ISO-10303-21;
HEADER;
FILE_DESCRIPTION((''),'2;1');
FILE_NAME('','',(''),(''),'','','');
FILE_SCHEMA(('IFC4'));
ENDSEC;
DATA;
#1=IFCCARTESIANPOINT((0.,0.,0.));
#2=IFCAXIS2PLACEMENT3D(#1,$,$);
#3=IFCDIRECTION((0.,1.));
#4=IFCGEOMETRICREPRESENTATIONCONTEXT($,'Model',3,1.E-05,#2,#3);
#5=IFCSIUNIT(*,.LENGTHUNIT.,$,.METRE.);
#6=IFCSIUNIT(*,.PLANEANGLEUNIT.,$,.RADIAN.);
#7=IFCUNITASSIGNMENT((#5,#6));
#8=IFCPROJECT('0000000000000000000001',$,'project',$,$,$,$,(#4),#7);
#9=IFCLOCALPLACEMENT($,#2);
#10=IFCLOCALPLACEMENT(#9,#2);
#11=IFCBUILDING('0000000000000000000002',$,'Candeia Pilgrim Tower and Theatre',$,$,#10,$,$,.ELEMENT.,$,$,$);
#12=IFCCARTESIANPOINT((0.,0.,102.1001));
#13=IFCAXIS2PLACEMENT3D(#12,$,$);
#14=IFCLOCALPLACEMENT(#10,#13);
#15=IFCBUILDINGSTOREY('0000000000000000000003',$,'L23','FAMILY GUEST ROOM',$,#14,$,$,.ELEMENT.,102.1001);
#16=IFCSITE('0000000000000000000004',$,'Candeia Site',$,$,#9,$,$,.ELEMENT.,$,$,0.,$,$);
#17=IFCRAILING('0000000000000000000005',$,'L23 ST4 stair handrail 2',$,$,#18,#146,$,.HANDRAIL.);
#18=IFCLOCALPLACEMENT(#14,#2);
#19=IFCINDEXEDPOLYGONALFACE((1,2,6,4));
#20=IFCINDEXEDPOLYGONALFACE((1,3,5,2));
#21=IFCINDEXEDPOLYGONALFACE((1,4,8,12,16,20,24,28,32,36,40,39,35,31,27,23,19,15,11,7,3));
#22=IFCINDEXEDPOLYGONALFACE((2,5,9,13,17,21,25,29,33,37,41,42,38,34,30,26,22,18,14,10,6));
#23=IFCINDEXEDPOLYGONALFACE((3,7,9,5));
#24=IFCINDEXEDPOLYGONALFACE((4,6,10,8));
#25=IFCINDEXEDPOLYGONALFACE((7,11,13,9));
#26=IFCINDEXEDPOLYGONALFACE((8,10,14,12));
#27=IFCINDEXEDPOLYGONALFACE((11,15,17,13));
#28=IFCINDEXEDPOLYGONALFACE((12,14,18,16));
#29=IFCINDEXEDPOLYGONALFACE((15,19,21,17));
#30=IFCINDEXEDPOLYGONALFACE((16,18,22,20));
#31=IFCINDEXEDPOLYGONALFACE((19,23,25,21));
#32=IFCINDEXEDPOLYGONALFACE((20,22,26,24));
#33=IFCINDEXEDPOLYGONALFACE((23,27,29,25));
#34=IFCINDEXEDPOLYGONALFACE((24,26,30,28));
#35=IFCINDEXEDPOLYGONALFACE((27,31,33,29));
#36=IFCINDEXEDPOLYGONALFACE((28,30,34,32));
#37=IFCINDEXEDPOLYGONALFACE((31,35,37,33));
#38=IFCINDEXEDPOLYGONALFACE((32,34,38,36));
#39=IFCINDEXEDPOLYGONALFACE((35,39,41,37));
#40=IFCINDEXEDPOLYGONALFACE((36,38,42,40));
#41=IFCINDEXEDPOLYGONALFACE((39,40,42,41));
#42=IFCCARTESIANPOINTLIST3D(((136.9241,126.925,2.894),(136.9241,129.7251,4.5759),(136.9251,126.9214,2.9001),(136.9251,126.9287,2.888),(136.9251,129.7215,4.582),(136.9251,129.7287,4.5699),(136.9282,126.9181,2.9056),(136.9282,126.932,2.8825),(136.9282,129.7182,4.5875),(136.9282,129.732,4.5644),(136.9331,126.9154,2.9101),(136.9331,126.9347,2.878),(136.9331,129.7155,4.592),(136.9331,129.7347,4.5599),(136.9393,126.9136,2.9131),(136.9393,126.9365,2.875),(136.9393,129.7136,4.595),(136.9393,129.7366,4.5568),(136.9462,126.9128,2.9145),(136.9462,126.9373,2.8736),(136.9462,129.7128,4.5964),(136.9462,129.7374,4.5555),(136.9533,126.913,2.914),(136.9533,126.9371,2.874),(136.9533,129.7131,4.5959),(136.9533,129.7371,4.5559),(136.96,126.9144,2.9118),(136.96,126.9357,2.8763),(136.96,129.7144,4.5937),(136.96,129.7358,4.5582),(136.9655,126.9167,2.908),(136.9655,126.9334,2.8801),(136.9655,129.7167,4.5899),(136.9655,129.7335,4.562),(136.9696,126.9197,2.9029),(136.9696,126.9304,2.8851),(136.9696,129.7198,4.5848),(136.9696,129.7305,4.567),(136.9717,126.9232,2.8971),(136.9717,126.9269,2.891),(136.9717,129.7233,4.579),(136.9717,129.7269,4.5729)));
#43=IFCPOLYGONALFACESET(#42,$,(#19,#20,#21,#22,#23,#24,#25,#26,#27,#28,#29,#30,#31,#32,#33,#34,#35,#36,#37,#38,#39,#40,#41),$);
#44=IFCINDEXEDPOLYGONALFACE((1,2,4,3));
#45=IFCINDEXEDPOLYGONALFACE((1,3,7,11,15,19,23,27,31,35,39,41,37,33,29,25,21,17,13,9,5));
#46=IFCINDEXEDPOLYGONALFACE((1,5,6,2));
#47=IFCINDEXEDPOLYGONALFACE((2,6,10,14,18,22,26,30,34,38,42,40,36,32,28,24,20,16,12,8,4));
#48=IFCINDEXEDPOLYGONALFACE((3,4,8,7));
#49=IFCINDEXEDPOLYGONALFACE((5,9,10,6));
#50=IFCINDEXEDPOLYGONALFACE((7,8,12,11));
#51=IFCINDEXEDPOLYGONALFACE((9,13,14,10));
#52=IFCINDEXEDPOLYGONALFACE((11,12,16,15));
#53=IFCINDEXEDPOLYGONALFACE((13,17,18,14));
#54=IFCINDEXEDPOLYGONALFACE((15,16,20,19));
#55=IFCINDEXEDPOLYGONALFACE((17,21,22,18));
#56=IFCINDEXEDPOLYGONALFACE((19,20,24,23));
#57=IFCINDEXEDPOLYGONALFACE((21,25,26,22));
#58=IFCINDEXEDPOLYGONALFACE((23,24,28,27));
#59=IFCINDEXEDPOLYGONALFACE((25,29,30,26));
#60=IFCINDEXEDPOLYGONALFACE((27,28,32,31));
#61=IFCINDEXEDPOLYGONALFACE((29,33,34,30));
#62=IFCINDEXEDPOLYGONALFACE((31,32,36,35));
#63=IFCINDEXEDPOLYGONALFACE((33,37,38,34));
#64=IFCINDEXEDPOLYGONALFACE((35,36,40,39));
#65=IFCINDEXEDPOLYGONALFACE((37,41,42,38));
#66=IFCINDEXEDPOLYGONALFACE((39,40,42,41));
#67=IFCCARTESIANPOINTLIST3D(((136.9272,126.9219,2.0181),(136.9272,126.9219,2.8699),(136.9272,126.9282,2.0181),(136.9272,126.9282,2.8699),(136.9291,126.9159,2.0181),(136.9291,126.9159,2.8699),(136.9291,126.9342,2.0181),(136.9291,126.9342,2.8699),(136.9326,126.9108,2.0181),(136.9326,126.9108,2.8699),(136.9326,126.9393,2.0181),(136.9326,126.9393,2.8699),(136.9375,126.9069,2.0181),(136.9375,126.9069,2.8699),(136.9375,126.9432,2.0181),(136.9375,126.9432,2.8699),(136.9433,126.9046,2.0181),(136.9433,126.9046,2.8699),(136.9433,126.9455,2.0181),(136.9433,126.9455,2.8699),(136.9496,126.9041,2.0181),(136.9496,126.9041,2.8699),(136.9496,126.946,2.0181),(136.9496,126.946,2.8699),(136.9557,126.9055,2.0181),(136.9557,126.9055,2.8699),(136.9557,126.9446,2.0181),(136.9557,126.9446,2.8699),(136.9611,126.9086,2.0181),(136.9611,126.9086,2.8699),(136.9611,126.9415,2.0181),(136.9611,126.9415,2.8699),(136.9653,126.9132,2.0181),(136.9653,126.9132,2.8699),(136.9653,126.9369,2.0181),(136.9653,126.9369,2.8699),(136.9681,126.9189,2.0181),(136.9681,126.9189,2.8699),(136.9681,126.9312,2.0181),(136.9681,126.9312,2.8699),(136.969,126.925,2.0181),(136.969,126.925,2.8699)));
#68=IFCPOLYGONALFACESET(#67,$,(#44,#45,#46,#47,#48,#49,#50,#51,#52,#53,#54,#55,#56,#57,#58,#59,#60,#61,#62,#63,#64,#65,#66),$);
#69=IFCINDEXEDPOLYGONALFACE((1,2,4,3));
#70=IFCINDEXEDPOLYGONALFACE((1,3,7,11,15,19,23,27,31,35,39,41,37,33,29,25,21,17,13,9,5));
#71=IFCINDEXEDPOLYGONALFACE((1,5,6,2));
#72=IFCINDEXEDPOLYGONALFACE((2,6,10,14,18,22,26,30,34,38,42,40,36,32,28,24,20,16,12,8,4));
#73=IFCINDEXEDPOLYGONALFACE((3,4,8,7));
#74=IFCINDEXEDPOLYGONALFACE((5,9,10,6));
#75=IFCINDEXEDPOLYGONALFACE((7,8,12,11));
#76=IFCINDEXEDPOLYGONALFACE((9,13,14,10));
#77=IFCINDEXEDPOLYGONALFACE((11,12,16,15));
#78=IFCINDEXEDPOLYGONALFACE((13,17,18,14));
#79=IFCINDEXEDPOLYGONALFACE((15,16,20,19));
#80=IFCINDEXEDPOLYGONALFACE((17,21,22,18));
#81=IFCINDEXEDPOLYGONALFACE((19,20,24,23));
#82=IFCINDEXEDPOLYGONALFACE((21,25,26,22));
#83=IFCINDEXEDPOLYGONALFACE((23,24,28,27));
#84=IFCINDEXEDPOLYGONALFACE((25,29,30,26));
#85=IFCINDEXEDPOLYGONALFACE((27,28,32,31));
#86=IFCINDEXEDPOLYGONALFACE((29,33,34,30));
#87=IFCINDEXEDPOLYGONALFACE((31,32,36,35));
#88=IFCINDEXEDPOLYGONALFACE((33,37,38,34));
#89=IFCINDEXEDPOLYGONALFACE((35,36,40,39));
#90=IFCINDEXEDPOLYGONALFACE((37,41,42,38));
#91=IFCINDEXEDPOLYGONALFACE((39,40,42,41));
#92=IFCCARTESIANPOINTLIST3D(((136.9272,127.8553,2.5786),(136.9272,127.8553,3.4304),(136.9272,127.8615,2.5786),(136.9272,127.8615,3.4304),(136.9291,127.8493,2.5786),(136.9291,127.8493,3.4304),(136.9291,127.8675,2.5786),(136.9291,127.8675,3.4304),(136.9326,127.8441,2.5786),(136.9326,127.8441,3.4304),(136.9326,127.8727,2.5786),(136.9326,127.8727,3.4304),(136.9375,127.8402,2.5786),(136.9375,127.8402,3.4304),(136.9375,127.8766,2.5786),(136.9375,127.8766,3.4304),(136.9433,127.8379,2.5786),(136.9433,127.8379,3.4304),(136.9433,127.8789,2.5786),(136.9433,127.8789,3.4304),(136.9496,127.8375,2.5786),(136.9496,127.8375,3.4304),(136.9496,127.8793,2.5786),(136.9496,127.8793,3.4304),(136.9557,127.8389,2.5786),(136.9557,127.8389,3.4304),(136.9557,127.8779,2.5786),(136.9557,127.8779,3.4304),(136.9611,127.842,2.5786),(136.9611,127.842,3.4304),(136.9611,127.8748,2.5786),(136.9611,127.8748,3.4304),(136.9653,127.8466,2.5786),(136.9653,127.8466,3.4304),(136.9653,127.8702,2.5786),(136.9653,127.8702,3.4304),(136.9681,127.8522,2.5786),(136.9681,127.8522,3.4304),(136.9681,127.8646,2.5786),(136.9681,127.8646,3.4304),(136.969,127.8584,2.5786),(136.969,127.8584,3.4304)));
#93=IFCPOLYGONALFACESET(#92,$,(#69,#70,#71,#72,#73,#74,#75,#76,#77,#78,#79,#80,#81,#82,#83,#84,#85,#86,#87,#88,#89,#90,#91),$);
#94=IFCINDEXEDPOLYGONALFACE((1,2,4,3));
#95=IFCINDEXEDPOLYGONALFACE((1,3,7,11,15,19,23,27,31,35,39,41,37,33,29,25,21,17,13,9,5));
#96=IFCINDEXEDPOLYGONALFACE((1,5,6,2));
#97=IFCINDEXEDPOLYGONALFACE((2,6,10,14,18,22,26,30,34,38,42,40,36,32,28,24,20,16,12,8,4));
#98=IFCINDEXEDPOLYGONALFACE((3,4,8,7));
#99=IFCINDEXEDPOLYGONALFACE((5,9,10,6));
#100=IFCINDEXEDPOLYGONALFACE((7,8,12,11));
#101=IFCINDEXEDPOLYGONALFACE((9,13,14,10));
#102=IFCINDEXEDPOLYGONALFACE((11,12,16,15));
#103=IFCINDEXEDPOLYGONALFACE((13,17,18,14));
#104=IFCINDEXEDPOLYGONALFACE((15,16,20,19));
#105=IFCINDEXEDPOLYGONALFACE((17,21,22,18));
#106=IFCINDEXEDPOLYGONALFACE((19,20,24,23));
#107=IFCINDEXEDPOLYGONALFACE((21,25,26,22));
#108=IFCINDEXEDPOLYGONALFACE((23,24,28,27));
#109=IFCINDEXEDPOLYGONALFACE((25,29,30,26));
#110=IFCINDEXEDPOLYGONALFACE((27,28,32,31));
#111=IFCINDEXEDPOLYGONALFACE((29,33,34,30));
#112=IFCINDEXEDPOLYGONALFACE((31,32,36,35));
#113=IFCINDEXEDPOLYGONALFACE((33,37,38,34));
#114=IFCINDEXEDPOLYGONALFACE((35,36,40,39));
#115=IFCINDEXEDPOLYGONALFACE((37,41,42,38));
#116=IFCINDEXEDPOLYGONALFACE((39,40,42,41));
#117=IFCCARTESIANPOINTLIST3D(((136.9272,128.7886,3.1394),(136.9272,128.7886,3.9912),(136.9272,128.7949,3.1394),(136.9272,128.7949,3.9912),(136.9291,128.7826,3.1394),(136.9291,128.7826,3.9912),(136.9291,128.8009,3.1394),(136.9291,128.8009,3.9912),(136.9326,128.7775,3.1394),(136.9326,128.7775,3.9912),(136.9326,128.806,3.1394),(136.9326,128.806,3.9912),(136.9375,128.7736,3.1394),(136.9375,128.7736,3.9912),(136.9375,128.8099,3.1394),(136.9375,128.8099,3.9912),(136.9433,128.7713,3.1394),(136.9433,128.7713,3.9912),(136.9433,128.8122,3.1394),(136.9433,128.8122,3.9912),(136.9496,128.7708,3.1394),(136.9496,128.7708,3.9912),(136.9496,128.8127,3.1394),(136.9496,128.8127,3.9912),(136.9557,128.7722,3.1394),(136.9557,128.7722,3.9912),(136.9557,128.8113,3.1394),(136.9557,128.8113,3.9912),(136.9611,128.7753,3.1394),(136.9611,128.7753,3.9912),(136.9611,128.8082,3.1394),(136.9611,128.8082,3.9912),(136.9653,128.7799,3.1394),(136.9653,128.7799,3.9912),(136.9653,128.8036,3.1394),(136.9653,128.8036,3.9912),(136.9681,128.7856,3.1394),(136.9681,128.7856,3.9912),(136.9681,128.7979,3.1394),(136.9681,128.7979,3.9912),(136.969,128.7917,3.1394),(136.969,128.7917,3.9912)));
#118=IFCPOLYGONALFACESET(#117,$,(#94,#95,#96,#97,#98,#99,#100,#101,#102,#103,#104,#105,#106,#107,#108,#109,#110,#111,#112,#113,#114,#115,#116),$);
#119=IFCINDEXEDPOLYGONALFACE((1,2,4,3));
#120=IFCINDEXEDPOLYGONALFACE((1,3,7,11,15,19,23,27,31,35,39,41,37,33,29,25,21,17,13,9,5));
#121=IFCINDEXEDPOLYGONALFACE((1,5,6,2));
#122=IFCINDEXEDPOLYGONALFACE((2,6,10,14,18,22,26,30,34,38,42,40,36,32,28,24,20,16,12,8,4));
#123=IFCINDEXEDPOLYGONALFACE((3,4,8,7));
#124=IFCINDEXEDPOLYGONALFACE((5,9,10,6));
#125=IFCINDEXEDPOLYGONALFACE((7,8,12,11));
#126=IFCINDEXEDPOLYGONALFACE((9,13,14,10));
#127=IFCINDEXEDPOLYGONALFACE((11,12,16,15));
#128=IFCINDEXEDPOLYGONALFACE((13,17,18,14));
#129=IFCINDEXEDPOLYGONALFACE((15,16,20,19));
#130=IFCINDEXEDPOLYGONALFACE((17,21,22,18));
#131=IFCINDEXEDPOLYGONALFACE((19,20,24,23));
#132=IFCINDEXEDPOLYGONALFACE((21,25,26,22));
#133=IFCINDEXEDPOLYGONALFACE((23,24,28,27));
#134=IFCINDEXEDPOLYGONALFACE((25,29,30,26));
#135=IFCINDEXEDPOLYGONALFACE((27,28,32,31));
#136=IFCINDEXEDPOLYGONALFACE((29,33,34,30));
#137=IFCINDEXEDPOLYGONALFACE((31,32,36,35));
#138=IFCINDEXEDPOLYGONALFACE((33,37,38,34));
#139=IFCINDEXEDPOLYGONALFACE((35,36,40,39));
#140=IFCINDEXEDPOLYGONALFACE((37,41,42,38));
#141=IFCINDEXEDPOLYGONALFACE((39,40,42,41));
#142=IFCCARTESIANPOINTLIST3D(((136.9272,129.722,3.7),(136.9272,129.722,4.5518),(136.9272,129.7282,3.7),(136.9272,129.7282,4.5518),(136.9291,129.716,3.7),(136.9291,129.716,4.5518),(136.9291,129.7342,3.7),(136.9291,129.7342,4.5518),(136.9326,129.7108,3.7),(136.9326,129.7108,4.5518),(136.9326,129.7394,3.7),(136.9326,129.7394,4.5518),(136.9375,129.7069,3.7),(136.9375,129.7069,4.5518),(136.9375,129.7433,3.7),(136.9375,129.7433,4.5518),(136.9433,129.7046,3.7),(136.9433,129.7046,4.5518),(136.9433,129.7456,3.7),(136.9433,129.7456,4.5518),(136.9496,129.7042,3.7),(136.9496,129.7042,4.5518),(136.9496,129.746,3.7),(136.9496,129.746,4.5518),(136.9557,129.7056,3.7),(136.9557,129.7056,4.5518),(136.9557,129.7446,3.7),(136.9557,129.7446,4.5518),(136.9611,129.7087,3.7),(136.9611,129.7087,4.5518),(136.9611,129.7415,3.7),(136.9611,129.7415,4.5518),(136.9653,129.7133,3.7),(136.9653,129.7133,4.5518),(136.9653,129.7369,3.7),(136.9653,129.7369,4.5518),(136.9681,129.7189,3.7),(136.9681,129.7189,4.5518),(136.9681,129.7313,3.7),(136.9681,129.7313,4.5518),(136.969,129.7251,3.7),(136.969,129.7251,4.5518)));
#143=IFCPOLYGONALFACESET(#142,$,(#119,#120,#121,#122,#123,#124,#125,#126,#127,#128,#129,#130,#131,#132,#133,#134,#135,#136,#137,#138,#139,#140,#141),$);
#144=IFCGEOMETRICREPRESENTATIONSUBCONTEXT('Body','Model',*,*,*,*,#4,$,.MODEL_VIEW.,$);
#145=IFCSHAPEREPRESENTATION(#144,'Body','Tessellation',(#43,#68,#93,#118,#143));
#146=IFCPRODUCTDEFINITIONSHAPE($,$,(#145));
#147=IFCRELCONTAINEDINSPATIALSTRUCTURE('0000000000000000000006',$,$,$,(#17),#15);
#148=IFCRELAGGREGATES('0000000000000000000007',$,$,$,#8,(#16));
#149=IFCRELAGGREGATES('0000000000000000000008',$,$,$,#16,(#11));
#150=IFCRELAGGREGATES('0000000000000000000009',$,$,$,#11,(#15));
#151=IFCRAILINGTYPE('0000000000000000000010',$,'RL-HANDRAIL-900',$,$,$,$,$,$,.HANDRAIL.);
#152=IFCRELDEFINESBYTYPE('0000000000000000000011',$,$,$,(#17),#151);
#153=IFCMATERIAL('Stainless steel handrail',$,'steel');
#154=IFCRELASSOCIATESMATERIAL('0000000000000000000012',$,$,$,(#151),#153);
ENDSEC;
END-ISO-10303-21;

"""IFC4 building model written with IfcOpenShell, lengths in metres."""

from ifc_helpers import new_model, si_unit, direction, frame, origin, origin_2d, place, context, subcontext, project, spatial, circle, extrude, material, type_object, element, save


model = new_model("IFC4")

# Units and contexts
model_context = context("Model", 3, precision=1e-05, world=origin(), true_north=direction((0.0, 1.0)))
body_context = subcontext(model_context, "Body", "Model", "MODEL_VIEW")
ifc_project = project(units=[si_unit("LENGTHUNIT", "METRE"), si_unit("PLANEANGLEUNIT", "RADIAN")], contexts=[model_context])

# Site, building, storey
site_placement = place(None, origin())
site = spatial("IfcSite", under=ifc_project, at=site_placement, Name="Candeia Site", CompositionType="ELEMENT", RefElevation=0.0)
building_placement = place(site_placement, origin())
building = spatial("IfcBuilding", under=site, at=building_placement, Name="Candeia Pilgrim Tower and Theatre", CompositionType="ELEMENT")
storey_placement = place(building_placement, frame((0.0, 0.0, 102.1001)))
storey = spatial("IfcBuildingStorey", under=building, at=storey_placement, Name="L23", Description="FAMILY GUEST ROOM", CompositionType="ELEMENT", Elevation=102.1001)

# Railing
ifc_material_1 = material(Name="Stainless steel handrail", Category="steel")
railing_type_1 = type_object("IfcRailingType", Name="RL-HANDRAIL-900", PredefinedType="HANDRAIL", material=ifc_material_1)
railing_1_placement = place(storey_placement, frame((136.948, 126.925, 2.0181)))
element("IfcRailing", 1, at=railing_1_placement, inside=storey, type_object=railing_type_1, Name="L23 ST4 stair handrail 2", PredefinedType="HANDRAIL", context=body_context, shape_type="SweptSolid", body=[
    extrude(circle(Radius=0.0239, at=origin_2d()), frame((0.0, 0.0, 0.876), z_axis=(0.0, 0.857242, 0.514913), x_axis=(-1.0, 0.0, 0.0)), (0.0, 0.0, 1.0), 3.2664),
    extrude(circle(Radius=0.021, at=origin_2d()), origin(), (0.0, 0.0, 1.0), 0.8518),
    extrude(circle(Radius=0.021, at=origin_2d()), frame((0.0, 0.9333, 0.5605)), (0.0, 0.0, 1.0), 0.8518),
    extrude(circle(Radius=0.021, at=origin_2d()), frame((0.0, 1.8667, 1.1213)), (0.0, 0.0, 1.0), 0.8518),
    extrude(circle(Radius=0.021, at=origin_2d()), frame((0.0, 2.8, 1.6819)), (0.0, 0.0, 1.0), 0.8518),
])

save(model, "model.ifc")
